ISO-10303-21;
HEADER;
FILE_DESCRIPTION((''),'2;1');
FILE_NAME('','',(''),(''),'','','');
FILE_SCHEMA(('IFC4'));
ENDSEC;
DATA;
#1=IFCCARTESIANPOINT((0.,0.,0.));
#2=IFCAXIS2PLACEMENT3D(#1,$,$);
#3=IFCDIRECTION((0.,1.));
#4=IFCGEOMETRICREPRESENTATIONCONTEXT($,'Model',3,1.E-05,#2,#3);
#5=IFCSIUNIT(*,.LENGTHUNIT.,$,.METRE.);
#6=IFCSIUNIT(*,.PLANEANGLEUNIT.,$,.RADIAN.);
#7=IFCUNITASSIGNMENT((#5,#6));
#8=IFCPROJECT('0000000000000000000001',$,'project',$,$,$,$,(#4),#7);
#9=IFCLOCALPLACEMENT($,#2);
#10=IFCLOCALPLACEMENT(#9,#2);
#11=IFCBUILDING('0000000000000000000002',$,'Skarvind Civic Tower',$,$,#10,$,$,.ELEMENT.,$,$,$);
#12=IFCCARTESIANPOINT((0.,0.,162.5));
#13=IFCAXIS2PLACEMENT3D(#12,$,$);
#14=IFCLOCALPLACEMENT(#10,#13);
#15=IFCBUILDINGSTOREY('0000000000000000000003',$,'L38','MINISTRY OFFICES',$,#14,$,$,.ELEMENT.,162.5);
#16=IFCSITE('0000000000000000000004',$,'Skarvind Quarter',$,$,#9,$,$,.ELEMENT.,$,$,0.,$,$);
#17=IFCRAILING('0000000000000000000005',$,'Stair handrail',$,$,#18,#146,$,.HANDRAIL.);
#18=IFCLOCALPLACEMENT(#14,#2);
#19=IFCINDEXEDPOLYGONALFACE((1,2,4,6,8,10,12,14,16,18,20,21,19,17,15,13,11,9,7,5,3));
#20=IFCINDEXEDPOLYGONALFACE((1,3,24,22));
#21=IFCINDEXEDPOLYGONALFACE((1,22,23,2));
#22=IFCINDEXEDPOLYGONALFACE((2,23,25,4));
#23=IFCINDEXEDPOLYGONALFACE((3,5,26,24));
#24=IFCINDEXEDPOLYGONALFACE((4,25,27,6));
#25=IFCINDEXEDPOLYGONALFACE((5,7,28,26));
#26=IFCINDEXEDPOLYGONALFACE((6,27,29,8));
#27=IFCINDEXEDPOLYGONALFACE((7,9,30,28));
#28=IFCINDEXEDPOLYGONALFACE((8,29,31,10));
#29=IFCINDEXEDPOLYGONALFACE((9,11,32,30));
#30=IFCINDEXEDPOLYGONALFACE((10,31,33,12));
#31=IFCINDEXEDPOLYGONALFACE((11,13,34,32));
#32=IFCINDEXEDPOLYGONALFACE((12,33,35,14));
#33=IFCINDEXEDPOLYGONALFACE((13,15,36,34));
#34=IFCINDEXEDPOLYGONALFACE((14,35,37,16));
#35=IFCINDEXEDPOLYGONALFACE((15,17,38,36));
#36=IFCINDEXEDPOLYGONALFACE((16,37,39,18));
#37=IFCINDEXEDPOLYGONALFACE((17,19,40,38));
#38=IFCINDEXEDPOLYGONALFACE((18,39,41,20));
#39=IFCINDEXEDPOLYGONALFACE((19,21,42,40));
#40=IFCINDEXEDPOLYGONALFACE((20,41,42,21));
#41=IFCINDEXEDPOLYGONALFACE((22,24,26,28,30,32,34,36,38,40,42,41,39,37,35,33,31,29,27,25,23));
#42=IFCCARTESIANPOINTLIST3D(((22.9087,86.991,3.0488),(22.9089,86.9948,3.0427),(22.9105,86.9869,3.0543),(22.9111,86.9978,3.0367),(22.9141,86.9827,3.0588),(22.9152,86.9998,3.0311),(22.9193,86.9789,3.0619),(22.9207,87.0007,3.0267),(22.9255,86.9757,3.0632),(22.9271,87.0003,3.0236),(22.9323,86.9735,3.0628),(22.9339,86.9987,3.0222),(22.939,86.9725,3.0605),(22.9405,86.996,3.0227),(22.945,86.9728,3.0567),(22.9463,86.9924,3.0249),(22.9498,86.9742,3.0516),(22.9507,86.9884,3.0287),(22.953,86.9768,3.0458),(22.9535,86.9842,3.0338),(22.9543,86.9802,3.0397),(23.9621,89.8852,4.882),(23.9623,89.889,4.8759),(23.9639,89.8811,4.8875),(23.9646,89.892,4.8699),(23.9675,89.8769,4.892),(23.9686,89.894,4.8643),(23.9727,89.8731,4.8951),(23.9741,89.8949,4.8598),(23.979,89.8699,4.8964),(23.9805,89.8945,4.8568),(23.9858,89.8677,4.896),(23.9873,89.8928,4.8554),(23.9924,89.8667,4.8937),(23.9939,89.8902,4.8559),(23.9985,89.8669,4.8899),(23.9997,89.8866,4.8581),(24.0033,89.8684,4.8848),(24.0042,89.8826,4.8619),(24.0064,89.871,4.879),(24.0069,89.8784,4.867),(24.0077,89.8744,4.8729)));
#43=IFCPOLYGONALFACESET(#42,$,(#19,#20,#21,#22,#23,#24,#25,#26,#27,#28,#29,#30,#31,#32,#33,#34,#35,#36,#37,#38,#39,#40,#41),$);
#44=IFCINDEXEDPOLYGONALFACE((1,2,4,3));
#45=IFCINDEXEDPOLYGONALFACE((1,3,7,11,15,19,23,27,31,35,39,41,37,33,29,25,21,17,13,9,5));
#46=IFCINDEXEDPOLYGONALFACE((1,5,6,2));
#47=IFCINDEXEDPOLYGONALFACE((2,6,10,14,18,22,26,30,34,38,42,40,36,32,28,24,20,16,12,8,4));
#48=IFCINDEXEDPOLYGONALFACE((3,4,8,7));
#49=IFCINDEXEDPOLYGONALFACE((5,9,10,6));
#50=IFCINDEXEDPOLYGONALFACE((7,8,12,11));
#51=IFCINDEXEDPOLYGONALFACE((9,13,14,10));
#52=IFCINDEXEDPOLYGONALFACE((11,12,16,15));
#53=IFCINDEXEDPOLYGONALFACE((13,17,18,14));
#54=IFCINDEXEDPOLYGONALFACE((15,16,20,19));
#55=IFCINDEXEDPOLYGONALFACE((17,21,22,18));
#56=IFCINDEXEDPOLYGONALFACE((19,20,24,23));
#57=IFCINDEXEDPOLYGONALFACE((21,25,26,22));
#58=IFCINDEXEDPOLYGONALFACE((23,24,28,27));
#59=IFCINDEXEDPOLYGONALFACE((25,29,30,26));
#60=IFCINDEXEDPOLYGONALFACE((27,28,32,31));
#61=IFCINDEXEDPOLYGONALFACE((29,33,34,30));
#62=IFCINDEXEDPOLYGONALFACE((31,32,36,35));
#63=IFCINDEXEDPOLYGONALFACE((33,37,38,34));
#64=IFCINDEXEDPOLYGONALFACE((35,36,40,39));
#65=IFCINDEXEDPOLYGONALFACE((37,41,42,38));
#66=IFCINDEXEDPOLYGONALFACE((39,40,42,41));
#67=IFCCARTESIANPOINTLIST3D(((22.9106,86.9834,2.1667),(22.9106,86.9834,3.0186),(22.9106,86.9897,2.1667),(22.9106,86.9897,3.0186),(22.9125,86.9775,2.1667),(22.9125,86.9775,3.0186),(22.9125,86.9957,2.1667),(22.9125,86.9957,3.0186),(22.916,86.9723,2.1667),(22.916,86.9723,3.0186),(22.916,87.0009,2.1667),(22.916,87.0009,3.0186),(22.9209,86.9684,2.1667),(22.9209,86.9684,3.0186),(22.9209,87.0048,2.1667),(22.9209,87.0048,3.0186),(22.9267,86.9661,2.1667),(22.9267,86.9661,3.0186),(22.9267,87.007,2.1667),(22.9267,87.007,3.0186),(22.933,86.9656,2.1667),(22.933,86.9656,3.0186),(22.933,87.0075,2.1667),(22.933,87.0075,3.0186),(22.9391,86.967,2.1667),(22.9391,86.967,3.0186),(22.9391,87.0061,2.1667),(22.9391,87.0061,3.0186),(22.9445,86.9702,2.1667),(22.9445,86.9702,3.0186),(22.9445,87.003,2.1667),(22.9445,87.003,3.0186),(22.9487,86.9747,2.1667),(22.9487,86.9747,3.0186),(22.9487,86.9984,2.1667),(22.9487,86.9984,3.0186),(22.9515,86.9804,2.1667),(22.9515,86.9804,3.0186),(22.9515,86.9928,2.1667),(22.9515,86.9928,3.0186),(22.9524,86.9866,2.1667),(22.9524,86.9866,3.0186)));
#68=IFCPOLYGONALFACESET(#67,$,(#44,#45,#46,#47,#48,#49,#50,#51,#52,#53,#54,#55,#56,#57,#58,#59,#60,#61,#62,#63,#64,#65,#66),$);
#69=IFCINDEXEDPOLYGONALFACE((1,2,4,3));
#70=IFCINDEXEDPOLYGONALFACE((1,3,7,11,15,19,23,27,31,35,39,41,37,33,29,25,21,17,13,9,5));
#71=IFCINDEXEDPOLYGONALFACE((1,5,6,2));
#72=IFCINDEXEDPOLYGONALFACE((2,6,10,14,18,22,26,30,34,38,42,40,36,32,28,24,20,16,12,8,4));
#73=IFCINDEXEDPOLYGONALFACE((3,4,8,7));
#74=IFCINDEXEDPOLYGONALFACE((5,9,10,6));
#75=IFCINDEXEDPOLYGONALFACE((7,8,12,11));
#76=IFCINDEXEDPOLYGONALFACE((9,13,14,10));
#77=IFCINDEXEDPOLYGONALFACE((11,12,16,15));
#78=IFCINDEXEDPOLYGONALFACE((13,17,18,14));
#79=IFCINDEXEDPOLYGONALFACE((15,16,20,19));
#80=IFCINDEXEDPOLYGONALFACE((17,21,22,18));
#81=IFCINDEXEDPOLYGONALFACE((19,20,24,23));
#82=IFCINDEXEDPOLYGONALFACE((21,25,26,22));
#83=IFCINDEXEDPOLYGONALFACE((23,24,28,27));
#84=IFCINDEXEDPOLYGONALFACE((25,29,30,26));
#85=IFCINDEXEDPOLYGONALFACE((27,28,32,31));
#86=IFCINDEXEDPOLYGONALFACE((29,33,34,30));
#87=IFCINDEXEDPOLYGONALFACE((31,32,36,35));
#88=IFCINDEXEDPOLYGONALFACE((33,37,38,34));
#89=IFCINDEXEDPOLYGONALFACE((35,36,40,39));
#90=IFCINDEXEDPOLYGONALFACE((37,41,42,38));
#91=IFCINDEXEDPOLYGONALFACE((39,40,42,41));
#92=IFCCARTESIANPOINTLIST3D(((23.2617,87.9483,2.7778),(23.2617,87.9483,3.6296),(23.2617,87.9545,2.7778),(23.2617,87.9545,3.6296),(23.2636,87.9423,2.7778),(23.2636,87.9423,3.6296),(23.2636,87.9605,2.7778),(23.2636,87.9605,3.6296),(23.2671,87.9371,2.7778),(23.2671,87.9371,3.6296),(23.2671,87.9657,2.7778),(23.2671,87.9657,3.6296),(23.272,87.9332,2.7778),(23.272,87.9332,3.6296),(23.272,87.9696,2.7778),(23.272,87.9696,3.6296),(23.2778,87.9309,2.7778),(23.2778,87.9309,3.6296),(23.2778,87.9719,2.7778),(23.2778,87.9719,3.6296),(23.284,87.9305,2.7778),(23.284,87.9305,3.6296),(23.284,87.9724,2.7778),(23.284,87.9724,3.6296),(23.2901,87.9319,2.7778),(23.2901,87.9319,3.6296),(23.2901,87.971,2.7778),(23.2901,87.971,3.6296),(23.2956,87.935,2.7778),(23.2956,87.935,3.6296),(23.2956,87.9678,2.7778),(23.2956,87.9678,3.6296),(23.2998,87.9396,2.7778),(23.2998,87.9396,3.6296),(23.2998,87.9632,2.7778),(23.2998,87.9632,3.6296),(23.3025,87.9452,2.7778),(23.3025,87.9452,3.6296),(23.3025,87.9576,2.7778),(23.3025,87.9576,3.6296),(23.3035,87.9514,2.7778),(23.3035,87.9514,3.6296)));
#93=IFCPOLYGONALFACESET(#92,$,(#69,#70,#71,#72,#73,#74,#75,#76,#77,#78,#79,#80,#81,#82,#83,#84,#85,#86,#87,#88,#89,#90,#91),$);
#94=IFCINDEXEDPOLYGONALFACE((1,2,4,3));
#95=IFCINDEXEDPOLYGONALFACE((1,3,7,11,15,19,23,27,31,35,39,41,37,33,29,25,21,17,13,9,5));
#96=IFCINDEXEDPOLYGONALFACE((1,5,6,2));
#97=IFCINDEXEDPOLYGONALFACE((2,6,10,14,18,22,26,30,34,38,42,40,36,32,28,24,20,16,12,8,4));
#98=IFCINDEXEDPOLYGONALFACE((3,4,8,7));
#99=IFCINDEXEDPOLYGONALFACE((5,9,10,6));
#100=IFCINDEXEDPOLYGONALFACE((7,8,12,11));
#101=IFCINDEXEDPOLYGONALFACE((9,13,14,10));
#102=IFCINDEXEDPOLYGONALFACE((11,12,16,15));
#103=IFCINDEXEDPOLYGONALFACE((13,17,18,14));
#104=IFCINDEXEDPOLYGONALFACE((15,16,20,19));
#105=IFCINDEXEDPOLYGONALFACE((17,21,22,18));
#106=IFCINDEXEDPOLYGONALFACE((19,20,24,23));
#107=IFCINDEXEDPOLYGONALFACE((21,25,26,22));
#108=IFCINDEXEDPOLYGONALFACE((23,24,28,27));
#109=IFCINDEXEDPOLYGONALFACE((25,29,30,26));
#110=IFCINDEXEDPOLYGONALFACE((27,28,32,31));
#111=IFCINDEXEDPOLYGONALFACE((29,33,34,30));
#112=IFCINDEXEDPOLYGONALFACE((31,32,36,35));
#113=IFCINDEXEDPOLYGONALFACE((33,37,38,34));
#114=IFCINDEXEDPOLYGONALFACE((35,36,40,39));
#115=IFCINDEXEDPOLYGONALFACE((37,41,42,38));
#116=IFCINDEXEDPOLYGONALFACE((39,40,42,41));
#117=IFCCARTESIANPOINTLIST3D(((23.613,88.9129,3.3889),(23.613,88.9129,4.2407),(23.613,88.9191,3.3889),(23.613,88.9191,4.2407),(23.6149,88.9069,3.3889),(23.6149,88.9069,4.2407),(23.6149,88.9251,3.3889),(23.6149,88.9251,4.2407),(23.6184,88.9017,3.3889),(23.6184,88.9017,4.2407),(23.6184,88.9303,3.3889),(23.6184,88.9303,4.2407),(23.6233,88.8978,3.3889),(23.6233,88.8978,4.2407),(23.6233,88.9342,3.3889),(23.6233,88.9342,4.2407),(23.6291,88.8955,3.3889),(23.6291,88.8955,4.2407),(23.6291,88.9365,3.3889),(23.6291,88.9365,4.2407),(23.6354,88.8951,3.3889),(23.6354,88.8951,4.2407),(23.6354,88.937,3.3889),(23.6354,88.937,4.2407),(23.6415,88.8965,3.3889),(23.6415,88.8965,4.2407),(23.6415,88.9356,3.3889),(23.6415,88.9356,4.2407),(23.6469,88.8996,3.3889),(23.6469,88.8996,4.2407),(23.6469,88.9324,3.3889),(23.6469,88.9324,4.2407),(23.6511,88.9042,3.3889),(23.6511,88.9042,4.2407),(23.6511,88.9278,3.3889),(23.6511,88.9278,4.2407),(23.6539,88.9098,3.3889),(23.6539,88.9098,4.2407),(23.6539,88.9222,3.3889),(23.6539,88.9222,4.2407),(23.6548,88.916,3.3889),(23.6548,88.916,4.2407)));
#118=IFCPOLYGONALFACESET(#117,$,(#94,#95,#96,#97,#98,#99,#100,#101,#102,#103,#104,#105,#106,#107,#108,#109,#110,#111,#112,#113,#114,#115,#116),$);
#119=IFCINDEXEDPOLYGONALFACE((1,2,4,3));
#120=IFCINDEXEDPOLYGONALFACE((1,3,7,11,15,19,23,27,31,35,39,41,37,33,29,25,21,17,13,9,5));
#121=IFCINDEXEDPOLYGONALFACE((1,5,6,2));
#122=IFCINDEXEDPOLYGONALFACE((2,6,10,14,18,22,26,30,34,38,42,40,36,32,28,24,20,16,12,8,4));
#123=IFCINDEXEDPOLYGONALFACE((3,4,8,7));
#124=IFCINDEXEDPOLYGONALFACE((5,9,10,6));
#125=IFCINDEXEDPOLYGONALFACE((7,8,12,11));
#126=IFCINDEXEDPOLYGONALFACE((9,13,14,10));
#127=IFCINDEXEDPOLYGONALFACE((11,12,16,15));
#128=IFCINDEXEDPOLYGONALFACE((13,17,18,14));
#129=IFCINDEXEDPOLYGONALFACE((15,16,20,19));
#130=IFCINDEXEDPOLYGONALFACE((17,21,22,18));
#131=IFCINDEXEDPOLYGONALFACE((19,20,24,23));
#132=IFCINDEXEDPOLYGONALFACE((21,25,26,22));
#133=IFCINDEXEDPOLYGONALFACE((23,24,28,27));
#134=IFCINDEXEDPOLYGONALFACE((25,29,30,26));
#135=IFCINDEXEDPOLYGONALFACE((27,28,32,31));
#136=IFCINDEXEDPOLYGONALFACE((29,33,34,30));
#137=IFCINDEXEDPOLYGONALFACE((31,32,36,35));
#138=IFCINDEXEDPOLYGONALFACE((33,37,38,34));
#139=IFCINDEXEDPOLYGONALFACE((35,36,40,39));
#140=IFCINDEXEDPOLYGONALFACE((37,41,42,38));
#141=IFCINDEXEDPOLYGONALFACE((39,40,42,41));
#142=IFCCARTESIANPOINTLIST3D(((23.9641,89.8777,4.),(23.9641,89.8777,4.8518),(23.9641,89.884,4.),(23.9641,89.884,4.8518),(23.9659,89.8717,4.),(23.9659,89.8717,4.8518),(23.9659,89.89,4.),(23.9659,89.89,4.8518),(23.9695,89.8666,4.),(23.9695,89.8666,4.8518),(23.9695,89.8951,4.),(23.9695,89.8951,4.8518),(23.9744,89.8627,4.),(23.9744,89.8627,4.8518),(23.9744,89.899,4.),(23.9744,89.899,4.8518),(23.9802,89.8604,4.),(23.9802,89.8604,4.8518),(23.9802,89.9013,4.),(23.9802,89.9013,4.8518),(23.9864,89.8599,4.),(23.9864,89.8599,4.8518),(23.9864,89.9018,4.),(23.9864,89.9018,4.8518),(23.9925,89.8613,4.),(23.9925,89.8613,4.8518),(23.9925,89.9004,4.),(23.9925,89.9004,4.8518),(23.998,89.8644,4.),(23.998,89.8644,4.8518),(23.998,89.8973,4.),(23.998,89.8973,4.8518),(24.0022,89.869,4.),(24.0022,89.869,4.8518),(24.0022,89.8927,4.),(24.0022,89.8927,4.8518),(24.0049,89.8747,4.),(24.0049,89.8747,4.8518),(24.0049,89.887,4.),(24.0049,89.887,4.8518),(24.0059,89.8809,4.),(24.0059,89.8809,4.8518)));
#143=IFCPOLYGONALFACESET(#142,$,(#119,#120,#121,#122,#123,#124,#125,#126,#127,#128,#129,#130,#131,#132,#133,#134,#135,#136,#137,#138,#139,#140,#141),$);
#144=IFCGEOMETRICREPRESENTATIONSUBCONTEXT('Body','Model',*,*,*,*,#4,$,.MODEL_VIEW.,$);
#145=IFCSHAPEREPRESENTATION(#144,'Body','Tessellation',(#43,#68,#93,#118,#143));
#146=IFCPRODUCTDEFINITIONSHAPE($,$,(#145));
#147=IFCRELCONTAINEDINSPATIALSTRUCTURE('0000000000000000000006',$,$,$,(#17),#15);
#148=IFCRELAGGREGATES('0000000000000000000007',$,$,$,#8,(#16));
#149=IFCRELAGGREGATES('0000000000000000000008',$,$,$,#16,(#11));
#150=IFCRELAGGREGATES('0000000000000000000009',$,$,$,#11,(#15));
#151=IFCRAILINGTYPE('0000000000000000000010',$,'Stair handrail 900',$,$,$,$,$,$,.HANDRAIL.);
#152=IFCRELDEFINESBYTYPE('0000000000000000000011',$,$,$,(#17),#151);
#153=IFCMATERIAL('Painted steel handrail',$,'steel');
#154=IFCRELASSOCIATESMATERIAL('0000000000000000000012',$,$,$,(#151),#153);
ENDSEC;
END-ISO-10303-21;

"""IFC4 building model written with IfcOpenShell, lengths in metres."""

from ifc_helpers import new_model, si_unit, direction, frame, origin, origin_2d, place, context, subcontext, project, spatial, circle, extrude, material, type_object, element, save


model = new_model("IFC4")

# Units and contexts
model_context = context("Model", 3, precision=1e-05, world=origin(), true_north=direction((0.0, 1.0)))
body_context = subcontext(model_context, "Body", "Model", "MODEL_VIEW")
ifc_project = project(units=[si_unit("LENGTHUNIT", "METRE"), si_unit("PLANEANGLEUNIT", "RADIAN")], contexts=[model_context])

# Site, building, storey
site_placement = place(None, origin())
site = spatial("IfcSite", under=ifc_project, at=site_placement, Name="Skarvind Quarter", CompositionType="ELEMENT", RefElevation=0.0)
building_placement = place(site_placement, origin())
building = spatial("IfcBuilding", under=site, at=building_placement, Name="Skarvind Civic Tower", CompositionType="ELEMENT")
storey_placement = place(building_placement, frame((0.0, 0.0, 162.5)))
storey = spatial("IfcBuildingStorey", under=building, at=storey_placement, Name="L38", Description="MINISTRY OFFICES", CompositionType="ELEMENT", Elevation=162.5)

# Railing
ifc_material_1 = material(Name="Painted steel handrail", Category="steel")
railing_type = type_object("IfcRailingType", Name="Stair handrail 900", PredefinedType="HANDRAIL", material=ifc_material_1)
railing_1_placement = place(storey_placement, frame((22.9314, 86.9866, 2.1667)))
element("IfcRailing", 1, at=railing_1_placement, inside=storey, type_object=railing_type, Name="Stair handrail", PredefinedType="HANDRAIL", context=body_context, shape_type="SweptSolid", body=[
    extrude(circle(Radius=0.0239, at=origin_2d()), frame((0.0, 0.0, 0.876), z_axis=(0.293908, 0.807481, 0.511461), x_axis=(-0.939689, 0.342029, 0.0)), (0.0, 0.0, 1.0), 3.5842),
    extrude(circle(Radius=0.021, at=origin_2d()), origin(), (0.0, 0.0, 1.0), 0.8518),
    extrude(circle(Radius=0.021, at=origin_2d()), frame((0.3511, 0.9648, 0.6111)), (0.0, 0.0, 1.0), 0.8518),
    extrude(circle(Radius=0.021, at=origin_2d()), frame((0.7024, 1.9294, 1.2222)), (0.0, 0.0, 1.0), 0.8518),
    extrude(circle(Radius=0.021, at=origin_2d()), frame((1.0535, 2.8943, 1.8333)), (0.0, 0.0, 1.0), 0.8518),
])

save(model, "model.ifc")
